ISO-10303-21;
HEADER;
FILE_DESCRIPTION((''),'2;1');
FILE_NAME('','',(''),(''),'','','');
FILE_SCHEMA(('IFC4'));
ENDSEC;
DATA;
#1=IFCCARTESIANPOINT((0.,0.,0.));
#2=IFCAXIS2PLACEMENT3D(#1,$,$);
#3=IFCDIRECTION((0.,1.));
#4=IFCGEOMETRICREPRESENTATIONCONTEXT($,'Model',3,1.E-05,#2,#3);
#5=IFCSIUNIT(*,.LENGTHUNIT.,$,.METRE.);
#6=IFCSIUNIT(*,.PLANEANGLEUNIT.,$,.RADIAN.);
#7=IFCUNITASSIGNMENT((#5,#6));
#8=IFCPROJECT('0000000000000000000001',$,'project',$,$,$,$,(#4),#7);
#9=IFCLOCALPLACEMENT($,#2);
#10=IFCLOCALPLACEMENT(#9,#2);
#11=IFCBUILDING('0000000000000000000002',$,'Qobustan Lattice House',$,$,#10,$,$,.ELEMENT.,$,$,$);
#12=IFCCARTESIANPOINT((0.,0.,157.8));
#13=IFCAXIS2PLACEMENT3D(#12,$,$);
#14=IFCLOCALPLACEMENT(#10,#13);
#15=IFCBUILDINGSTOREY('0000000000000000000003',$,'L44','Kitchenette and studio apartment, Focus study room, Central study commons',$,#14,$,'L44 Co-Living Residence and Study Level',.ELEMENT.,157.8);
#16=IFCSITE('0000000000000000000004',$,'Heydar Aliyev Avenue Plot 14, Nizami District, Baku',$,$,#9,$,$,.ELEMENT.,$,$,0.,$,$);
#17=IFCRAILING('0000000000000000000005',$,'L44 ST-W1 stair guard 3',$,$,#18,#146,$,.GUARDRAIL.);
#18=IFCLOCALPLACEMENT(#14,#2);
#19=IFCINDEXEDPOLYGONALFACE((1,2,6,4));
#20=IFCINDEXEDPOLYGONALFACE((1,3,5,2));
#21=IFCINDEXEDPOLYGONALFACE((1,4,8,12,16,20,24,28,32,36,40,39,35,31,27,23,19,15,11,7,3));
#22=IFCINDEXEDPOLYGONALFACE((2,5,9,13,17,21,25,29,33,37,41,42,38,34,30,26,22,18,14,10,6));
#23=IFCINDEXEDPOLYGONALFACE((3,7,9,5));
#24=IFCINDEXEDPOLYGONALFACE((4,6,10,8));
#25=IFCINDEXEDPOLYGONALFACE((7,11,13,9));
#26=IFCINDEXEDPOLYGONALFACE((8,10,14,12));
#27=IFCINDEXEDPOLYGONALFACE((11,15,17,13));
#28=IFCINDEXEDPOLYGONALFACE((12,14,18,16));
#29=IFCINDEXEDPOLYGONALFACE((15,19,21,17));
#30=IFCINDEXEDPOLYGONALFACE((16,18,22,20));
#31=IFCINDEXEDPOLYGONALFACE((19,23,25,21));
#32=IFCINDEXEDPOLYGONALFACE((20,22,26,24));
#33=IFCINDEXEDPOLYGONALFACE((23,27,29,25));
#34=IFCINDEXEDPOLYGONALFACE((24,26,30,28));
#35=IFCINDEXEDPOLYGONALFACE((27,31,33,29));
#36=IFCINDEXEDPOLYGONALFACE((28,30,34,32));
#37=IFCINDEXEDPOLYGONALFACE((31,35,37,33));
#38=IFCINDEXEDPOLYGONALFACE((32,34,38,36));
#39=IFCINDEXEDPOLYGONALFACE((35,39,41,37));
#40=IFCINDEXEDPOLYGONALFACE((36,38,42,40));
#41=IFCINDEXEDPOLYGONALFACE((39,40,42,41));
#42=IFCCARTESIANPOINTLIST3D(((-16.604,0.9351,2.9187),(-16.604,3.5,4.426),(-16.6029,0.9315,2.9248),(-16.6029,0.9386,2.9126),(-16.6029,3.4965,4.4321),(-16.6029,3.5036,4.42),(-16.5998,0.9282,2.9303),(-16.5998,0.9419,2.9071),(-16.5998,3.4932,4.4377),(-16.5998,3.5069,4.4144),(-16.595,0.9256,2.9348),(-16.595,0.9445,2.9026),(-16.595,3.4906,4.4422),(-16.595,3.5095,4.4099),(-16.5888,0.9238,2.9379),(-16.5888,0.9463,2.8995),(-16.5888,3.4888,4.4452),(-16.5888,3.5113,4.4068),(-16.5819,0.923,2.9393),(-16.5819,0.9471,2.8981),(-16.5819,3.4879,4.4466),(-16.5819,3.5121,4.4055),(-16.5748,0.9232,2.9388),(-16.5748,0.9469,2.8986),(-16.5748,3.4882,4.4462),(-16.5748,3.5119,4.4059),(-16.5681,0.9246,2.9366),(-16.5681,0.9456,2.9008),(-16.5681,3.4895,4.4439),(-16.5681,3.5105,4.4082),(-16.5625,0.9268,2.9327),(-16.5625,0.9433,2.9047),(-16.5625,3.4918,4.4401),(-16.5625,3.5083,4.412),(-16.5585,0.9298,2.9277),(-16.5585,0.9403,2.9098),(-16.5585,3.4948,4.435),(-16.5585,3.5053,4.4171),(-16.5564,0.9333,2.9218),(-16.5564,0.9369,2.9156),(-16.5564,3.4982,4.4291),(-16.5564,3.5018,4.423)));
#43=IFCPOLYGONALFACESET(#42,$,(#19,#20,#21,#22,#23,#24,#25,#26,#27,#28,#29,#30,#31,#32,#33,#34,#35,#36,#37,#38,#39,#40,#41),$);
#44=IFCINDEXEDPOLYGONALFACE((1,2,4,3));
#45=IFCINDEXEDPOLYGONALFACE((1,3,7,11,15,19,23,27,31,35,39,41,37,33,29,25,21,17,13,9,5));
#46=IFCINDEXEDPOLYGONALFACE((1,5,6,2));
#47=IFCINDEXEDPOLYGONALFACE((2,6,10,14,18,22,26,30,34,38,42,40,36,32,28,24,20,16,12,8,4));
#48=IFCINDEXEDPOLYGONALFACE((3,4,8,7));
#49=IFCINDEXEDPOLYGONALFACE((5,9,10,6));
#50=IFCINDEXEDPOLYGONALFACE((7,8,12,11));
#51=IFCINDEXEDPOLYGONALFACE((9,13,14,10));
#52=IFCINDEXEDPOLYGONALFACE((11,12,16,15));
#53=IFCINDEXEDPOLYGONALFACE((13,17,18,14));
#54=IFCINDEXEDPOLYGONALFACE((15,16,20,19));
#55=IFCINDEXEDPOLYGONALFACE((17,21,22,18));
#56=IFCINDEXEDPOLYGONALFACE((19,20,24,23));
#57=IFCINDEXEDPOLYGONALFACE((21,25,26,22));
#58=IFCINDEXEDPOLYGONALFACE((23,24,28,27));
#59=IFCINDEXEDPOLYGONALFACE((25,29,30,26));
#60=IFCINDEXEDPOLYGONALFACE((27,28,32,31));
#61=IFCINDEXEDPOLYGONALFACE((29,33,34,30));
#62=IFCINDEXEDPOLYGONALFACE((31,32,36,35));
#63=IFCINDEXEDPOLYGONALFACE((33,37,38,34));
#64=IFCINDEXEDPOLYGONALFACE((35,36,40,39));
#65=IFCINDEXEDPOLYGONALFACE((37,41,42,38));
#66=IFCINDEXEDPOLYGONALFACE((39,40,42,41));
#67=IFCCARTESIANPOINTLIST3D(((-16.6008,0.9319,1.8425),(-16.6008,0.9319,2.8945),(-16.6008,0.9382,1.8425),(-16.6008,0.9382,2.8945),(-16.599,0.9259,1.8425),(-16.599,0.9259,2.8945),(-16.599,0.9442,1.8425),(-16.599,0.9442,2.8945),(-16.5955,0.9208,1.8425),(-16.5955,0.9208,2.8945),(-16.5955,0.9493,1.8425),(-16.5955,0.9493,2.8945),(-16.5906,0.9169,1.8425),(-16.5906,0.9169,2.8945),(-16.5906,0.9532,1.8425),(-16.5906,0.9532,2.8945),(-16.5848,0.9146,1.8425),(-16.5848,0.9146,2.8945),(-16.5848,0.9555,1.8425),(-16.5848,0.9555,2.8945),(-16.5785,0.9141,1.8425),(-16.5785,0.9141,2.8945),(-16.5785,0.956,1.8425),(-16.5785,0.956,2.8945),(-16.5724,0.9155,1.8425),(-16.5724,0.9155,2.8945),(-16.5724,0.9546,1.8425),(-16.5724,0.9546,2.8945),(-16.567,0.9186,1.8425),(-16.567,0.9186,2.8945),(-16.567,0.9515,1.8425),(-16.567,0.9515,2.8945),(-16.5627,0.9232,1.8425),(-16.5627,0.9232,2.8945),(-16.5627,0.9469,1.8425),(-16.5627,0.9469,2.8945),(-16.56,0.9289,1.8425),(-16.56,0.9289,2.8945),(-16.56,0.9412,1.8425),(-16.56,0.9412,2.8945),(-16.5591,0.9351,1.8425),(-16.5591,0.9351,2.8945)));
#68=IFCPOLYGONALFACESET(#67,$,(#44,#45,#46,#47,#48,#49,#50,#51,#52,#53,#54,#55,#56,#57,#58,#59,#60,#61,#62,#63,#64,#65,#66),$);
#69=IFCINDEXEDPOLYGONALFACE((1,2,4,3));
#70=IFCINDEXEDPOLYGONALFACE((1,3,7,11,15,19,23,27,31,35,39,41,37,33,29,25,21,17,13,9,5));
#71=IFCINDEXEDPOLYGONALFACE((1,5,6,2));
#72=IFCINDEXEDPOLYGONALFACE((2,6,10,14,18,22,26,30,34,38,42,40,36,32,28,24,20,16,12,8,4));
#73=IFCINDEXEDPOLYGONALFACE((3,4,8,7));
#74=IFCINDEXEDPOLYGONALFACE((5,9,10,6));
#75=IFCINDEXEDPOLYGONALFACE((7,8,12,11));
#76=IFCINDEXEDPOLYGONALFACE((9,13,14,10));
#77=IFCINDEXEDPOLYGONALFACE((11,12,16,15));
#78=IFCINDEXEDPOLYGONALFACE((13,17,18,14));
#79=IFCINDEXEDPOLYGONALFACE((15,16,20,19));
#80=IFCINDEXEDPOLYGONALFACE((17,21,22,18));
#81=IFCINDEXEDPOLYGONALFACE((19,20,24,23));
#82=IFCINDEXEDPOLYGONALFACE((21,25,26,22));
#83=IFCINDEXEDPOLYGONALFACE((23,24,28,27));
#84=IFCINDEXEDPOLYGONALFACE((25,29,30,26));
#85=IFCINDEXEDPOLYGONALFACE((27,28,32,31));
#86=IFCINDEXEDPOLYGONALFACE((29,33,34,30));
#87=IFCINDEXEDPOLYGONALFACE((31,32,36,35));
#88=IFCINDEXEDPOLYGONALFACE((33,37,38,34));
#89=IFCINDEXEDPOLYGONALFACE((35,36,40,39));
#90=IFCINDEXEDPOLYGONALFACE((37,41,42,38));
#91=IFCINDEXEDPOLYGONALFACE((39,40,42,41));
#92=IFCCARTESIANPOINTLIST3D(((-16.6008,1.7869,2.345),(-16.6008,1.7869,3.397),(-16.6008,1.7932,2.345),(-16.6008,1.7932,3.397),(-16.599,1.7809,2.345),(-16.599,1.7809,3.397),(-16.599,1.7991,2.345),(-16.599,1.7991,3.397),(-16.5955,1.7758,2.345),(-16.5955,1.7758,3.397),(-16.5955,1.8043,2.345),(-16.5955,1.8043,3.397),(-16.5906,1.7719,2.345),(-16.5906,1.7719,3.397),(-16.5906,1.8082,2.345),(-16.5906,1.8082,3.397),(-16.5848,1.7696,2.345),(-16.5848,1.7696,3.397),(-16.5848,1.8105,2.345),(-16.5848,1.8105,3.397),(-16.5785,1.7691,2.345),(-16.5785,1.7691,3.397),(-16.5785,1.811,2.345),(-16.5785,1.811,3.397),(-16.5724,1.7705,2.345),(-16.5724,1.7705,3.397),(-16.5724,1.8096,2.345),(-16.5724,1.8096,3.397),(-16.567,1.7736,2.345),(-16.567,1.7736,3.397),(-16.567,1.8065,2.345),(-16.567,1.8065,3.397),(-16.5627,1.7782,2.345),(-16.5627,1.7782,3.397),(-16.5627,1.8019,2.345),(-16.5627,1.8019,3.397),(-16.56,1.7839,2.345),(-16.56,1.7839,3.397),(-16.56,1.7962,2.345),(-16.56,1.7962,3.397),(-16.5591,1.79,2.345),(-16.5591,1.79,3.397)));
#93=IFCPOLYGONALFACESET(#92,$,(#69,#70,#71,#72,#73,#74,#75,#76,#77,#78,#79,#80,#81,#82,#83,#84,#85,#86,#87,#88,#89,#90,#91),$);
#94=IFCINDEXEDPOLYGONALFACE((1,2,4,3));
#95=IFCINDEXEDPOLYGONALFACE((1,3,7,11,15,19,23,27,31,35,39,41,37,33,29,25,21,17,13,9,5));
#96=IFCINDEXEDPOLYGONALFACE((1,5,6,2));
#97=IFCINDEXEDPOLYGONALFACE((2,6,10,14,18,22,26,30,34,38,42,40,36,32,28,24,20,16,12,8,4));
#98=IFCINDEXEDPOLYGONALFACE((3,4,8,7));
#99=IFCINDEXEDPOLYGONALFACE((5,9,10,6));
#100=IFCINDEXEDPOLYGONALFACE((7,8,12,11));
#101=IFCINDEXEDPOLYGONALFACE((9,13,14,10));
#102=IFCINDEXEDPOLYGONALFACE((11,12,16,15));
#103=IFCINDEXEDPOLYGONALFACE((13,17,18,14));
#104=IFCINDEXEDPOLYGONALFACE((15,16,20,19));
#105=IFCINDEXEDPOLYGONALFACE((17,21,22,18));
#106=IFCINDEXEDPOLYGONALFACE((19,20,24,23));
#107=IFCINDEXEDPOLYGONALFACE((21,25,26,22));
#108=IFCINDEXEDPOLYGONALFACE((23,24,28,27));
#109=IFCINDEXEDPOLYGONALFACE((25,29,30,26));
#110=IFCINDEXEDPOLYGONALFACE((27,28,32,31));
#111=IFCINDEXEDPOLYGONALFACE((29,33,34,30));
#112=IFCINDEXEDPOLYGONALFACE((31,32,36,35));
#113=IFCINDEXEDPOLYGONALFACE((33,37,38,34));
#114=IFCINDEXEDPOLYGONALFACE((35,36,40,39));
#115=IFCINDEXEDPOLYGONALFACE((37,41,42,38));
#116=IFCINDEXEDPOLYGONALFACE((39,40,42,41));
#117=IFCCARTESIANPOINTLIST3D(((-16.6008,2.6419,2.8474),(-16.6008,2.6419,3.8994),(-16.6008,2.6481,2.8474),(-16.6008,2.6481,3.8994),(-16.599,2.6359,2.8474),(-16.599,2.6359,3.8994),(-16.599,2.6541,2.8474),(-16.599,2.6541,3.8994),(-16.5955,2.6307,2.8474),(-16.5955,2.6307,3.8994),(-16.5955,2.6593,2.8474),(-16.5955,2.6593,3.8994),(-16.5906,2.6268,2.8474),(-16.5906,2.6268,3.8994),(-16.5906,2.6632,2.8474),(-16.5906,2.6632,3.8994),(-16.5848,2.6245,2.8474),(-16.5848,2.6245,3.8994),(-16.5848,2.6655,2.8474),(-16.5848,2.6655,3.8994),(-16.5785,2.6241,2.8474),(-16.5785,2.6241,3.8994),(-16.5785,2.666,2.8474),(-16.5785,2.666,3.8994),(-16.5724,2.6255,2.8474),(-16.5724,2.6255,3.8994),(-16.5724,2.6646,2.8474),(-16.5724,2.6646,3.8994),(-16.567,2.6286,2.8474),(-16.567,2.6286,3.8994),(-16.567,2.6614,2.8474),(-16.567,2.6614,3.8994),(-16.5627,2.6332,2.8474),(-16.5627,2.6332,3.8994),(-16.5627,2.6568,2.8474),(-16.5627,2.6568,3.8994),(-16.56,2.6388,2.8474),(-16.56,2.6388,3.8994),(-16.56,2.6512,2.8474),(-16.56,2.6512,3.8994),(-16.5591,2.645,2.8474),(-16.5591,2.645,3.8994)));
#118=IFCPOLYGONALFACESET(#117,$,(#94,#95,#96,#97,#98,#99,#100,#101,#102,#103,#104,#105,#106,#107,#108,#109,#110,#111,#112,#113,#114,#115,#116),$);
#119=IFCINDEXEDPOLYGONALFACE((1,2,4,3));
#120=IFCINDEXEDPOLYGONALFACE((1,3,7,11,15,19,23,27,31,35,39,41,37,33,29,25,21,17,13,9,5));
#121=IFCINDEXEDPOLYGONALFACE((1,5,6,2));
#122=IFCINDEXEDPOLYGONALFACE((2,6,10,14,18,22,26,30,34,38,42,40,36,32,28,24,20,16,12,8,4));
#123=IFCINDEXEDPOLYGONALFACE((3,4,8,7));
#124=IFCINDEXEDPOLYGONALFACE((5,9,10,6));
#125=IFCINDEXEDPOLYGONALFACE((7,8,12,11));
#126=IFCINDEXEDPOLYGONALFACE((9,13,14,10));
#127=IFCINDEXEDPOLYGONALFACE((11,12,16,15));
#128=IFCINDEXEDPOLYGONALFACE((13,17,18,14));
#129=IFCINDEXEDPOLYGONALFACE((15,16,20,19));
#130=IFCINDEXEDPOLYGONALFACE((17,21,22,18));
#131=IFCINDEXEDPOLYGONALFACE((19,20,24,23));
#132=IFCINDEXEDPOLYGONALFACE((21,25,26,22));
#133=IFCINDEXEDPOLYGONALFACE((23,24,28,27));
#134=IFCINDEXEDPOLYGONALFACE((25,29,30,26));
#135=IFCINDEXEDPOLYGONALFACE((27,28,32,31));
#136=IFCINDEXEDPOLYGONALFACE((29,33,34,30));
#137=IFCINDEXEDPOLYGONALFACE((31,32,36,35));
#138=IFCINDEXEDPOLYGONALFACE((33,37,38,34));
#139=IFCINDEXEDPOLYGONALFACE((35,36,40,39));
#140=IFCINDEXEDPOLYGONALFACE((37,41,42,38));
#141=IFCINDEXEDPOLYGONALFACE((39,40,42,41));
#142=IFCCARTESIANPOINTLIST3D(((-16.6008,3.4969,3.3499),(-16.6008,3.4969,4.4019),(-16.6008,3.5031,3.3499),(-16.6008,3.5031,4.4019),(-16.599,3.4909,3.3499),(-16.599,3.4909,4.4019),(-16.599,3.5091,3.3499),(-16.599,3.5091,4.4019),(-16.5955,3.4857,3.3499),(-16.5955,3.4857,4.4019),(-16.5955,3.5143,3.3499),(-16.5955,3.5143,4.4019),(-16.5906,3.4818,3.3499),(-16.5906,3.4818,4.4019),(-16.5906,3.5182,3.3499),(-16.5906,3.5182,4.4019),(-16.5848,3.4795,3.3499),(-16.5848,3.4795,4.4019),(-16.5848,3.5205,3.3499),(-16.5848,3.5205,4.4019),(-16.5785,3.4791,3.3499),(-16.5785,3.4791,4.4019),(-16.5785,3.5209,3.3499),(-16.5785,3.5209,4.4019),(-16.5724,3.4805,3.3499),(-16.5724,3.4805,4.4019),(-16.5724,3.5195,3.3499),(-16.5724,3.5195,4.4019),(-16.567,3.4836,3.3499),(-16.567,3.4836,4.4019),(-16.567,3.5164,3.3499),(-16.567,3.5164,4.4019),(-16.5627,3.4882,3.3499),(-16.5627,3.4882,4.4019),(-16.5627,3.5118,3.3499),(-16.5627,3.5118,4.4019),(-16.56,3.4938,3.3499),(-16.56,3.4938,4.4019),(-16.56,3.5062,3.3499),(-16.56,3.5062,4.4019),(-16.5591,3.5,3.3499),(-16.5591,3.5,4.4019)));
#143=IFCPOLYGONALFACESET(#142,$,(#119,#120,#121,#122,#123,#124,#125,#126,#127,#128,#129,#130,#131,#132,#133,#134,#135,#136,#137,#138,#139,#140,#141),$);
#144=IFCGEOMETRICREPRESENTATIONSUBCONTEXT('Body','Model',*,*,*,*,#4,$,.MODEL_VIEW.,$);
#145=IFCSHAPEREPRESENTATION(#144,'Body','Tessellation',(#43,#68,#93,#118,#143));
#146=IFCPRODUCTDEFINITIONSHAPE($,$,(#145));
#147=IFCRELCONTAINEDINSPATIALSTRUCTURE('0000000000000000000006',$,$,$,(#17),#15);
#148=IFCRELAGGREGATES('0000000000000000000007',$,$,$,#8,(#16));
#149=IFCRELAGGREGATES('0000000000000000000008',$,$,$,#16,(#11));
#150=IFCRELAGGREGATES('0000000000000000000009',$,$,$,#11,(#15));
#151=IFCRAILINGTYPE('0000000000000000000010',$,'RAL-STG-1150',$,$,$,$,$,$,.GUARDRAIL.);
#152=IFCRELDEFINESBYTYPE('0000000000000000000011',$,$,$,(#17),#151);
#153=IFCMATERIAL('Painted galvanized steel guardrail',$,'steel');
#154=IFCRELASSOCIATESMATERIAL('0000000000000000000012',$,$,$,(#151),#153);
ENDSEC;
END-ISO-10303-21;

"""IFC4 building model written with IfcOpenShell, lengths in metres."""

from ifc_helpers import new_model, si_unit, direction, frame, origin, origin_2d, place, context, subcontext, project, spatial, circle, extrude, material, type_object, element, save


model = new_model("IFC4")

# Units and contexts
model_context = context("Model", 3, precision=1e-05, world=origin(), true_north=direction((0.0, 1.0)))
body_context = subcontext(model_context, "Body", "Model", "MODEL_VIEW")
ifc_project = project(units=[si_unit("LENGTHUNIT", "METRE"), si_unit("PLANEANGLEUNIT", "RADIAN")], contexts=[model_context])

# Site, building, storey
site_placement = place(None, origin())
site = spatial("IfcSite", under=ifc_project, at=site_placement, Name="Heydar Aliyev Avenue Plot 14, Nizami District, Baku", CompositionType="ELEMENT", RefElevation=0.0)
building_placement = place(site_placement, origin())
building = spatial("IfcBuilding", under=site, at=building_placement, Name="Qobustan Lattice House", CompositionType="ELEMENT")
storey_placement = place(building_placement, frame((0.0, 0.0, 157.8)))
storey = spatial("IfcBuildingStorey", under=building, at=storey_placement, Name="L44", Description="Kitchenette and studio apartment, Focus study room, Central study commons", LongName="L44 Co-Living Residence and Study Level", CompositionType="ELEMENT", Elevation=157.8)

# Railing
ifc_material_1 = material(Name="Painted galvanized steel guardrail", Category="steel")
railing_type_1 = type_object("IfcRailingType", Name="RAL-STG-1150", PredefinedType="GUARDRAIL", material=ifc_material_1)
railing_1_placement = place(storey_placement, frame((-16.5801, 0.9351, 1.8425)))
element("IfcRailing", 1, at=railing_1_placement, inside=storey, type_object=railing_type_1, Name="L44 ST-W1 stair guard 3", PredefinedType="GUARDRAIL", context=body_context, shape_type="SweptSolid", body=[
    extrude(circle(Radius=0.0239, at=origin_2d()), frame((0.0, 0.0, 1.0762), z_axis=(0.0, 0.862149, 0.506654), x_axis=(-1.0, 0.0, 0.0)), (0.0, 0.0, 1.0), 2.9751),
    extrude(circle(Radius=0.021, at=origin_2d()), origin(), (0.0, 0.0, 1.0), 1.052),
    extrude(circle(Radius=0.021, at=origin_2d()), frame((0.0, 0.855, 0.5024)), (0.0, 0.0, 1.0), 1.052),
    extrude(circle(Radius=0.021, at=origin_2d()), frame((0.0, 1.71, 1.0049)), (0.0, 0.0, 1.0), 1.052),
    extrude(circle(Radius=0.021, at=origin_2d()), frame((0.0, 2.5649, 1.5073)), (0.0, 0.0, 1.0), 1.052),
])

save(model, "model.ifc")
